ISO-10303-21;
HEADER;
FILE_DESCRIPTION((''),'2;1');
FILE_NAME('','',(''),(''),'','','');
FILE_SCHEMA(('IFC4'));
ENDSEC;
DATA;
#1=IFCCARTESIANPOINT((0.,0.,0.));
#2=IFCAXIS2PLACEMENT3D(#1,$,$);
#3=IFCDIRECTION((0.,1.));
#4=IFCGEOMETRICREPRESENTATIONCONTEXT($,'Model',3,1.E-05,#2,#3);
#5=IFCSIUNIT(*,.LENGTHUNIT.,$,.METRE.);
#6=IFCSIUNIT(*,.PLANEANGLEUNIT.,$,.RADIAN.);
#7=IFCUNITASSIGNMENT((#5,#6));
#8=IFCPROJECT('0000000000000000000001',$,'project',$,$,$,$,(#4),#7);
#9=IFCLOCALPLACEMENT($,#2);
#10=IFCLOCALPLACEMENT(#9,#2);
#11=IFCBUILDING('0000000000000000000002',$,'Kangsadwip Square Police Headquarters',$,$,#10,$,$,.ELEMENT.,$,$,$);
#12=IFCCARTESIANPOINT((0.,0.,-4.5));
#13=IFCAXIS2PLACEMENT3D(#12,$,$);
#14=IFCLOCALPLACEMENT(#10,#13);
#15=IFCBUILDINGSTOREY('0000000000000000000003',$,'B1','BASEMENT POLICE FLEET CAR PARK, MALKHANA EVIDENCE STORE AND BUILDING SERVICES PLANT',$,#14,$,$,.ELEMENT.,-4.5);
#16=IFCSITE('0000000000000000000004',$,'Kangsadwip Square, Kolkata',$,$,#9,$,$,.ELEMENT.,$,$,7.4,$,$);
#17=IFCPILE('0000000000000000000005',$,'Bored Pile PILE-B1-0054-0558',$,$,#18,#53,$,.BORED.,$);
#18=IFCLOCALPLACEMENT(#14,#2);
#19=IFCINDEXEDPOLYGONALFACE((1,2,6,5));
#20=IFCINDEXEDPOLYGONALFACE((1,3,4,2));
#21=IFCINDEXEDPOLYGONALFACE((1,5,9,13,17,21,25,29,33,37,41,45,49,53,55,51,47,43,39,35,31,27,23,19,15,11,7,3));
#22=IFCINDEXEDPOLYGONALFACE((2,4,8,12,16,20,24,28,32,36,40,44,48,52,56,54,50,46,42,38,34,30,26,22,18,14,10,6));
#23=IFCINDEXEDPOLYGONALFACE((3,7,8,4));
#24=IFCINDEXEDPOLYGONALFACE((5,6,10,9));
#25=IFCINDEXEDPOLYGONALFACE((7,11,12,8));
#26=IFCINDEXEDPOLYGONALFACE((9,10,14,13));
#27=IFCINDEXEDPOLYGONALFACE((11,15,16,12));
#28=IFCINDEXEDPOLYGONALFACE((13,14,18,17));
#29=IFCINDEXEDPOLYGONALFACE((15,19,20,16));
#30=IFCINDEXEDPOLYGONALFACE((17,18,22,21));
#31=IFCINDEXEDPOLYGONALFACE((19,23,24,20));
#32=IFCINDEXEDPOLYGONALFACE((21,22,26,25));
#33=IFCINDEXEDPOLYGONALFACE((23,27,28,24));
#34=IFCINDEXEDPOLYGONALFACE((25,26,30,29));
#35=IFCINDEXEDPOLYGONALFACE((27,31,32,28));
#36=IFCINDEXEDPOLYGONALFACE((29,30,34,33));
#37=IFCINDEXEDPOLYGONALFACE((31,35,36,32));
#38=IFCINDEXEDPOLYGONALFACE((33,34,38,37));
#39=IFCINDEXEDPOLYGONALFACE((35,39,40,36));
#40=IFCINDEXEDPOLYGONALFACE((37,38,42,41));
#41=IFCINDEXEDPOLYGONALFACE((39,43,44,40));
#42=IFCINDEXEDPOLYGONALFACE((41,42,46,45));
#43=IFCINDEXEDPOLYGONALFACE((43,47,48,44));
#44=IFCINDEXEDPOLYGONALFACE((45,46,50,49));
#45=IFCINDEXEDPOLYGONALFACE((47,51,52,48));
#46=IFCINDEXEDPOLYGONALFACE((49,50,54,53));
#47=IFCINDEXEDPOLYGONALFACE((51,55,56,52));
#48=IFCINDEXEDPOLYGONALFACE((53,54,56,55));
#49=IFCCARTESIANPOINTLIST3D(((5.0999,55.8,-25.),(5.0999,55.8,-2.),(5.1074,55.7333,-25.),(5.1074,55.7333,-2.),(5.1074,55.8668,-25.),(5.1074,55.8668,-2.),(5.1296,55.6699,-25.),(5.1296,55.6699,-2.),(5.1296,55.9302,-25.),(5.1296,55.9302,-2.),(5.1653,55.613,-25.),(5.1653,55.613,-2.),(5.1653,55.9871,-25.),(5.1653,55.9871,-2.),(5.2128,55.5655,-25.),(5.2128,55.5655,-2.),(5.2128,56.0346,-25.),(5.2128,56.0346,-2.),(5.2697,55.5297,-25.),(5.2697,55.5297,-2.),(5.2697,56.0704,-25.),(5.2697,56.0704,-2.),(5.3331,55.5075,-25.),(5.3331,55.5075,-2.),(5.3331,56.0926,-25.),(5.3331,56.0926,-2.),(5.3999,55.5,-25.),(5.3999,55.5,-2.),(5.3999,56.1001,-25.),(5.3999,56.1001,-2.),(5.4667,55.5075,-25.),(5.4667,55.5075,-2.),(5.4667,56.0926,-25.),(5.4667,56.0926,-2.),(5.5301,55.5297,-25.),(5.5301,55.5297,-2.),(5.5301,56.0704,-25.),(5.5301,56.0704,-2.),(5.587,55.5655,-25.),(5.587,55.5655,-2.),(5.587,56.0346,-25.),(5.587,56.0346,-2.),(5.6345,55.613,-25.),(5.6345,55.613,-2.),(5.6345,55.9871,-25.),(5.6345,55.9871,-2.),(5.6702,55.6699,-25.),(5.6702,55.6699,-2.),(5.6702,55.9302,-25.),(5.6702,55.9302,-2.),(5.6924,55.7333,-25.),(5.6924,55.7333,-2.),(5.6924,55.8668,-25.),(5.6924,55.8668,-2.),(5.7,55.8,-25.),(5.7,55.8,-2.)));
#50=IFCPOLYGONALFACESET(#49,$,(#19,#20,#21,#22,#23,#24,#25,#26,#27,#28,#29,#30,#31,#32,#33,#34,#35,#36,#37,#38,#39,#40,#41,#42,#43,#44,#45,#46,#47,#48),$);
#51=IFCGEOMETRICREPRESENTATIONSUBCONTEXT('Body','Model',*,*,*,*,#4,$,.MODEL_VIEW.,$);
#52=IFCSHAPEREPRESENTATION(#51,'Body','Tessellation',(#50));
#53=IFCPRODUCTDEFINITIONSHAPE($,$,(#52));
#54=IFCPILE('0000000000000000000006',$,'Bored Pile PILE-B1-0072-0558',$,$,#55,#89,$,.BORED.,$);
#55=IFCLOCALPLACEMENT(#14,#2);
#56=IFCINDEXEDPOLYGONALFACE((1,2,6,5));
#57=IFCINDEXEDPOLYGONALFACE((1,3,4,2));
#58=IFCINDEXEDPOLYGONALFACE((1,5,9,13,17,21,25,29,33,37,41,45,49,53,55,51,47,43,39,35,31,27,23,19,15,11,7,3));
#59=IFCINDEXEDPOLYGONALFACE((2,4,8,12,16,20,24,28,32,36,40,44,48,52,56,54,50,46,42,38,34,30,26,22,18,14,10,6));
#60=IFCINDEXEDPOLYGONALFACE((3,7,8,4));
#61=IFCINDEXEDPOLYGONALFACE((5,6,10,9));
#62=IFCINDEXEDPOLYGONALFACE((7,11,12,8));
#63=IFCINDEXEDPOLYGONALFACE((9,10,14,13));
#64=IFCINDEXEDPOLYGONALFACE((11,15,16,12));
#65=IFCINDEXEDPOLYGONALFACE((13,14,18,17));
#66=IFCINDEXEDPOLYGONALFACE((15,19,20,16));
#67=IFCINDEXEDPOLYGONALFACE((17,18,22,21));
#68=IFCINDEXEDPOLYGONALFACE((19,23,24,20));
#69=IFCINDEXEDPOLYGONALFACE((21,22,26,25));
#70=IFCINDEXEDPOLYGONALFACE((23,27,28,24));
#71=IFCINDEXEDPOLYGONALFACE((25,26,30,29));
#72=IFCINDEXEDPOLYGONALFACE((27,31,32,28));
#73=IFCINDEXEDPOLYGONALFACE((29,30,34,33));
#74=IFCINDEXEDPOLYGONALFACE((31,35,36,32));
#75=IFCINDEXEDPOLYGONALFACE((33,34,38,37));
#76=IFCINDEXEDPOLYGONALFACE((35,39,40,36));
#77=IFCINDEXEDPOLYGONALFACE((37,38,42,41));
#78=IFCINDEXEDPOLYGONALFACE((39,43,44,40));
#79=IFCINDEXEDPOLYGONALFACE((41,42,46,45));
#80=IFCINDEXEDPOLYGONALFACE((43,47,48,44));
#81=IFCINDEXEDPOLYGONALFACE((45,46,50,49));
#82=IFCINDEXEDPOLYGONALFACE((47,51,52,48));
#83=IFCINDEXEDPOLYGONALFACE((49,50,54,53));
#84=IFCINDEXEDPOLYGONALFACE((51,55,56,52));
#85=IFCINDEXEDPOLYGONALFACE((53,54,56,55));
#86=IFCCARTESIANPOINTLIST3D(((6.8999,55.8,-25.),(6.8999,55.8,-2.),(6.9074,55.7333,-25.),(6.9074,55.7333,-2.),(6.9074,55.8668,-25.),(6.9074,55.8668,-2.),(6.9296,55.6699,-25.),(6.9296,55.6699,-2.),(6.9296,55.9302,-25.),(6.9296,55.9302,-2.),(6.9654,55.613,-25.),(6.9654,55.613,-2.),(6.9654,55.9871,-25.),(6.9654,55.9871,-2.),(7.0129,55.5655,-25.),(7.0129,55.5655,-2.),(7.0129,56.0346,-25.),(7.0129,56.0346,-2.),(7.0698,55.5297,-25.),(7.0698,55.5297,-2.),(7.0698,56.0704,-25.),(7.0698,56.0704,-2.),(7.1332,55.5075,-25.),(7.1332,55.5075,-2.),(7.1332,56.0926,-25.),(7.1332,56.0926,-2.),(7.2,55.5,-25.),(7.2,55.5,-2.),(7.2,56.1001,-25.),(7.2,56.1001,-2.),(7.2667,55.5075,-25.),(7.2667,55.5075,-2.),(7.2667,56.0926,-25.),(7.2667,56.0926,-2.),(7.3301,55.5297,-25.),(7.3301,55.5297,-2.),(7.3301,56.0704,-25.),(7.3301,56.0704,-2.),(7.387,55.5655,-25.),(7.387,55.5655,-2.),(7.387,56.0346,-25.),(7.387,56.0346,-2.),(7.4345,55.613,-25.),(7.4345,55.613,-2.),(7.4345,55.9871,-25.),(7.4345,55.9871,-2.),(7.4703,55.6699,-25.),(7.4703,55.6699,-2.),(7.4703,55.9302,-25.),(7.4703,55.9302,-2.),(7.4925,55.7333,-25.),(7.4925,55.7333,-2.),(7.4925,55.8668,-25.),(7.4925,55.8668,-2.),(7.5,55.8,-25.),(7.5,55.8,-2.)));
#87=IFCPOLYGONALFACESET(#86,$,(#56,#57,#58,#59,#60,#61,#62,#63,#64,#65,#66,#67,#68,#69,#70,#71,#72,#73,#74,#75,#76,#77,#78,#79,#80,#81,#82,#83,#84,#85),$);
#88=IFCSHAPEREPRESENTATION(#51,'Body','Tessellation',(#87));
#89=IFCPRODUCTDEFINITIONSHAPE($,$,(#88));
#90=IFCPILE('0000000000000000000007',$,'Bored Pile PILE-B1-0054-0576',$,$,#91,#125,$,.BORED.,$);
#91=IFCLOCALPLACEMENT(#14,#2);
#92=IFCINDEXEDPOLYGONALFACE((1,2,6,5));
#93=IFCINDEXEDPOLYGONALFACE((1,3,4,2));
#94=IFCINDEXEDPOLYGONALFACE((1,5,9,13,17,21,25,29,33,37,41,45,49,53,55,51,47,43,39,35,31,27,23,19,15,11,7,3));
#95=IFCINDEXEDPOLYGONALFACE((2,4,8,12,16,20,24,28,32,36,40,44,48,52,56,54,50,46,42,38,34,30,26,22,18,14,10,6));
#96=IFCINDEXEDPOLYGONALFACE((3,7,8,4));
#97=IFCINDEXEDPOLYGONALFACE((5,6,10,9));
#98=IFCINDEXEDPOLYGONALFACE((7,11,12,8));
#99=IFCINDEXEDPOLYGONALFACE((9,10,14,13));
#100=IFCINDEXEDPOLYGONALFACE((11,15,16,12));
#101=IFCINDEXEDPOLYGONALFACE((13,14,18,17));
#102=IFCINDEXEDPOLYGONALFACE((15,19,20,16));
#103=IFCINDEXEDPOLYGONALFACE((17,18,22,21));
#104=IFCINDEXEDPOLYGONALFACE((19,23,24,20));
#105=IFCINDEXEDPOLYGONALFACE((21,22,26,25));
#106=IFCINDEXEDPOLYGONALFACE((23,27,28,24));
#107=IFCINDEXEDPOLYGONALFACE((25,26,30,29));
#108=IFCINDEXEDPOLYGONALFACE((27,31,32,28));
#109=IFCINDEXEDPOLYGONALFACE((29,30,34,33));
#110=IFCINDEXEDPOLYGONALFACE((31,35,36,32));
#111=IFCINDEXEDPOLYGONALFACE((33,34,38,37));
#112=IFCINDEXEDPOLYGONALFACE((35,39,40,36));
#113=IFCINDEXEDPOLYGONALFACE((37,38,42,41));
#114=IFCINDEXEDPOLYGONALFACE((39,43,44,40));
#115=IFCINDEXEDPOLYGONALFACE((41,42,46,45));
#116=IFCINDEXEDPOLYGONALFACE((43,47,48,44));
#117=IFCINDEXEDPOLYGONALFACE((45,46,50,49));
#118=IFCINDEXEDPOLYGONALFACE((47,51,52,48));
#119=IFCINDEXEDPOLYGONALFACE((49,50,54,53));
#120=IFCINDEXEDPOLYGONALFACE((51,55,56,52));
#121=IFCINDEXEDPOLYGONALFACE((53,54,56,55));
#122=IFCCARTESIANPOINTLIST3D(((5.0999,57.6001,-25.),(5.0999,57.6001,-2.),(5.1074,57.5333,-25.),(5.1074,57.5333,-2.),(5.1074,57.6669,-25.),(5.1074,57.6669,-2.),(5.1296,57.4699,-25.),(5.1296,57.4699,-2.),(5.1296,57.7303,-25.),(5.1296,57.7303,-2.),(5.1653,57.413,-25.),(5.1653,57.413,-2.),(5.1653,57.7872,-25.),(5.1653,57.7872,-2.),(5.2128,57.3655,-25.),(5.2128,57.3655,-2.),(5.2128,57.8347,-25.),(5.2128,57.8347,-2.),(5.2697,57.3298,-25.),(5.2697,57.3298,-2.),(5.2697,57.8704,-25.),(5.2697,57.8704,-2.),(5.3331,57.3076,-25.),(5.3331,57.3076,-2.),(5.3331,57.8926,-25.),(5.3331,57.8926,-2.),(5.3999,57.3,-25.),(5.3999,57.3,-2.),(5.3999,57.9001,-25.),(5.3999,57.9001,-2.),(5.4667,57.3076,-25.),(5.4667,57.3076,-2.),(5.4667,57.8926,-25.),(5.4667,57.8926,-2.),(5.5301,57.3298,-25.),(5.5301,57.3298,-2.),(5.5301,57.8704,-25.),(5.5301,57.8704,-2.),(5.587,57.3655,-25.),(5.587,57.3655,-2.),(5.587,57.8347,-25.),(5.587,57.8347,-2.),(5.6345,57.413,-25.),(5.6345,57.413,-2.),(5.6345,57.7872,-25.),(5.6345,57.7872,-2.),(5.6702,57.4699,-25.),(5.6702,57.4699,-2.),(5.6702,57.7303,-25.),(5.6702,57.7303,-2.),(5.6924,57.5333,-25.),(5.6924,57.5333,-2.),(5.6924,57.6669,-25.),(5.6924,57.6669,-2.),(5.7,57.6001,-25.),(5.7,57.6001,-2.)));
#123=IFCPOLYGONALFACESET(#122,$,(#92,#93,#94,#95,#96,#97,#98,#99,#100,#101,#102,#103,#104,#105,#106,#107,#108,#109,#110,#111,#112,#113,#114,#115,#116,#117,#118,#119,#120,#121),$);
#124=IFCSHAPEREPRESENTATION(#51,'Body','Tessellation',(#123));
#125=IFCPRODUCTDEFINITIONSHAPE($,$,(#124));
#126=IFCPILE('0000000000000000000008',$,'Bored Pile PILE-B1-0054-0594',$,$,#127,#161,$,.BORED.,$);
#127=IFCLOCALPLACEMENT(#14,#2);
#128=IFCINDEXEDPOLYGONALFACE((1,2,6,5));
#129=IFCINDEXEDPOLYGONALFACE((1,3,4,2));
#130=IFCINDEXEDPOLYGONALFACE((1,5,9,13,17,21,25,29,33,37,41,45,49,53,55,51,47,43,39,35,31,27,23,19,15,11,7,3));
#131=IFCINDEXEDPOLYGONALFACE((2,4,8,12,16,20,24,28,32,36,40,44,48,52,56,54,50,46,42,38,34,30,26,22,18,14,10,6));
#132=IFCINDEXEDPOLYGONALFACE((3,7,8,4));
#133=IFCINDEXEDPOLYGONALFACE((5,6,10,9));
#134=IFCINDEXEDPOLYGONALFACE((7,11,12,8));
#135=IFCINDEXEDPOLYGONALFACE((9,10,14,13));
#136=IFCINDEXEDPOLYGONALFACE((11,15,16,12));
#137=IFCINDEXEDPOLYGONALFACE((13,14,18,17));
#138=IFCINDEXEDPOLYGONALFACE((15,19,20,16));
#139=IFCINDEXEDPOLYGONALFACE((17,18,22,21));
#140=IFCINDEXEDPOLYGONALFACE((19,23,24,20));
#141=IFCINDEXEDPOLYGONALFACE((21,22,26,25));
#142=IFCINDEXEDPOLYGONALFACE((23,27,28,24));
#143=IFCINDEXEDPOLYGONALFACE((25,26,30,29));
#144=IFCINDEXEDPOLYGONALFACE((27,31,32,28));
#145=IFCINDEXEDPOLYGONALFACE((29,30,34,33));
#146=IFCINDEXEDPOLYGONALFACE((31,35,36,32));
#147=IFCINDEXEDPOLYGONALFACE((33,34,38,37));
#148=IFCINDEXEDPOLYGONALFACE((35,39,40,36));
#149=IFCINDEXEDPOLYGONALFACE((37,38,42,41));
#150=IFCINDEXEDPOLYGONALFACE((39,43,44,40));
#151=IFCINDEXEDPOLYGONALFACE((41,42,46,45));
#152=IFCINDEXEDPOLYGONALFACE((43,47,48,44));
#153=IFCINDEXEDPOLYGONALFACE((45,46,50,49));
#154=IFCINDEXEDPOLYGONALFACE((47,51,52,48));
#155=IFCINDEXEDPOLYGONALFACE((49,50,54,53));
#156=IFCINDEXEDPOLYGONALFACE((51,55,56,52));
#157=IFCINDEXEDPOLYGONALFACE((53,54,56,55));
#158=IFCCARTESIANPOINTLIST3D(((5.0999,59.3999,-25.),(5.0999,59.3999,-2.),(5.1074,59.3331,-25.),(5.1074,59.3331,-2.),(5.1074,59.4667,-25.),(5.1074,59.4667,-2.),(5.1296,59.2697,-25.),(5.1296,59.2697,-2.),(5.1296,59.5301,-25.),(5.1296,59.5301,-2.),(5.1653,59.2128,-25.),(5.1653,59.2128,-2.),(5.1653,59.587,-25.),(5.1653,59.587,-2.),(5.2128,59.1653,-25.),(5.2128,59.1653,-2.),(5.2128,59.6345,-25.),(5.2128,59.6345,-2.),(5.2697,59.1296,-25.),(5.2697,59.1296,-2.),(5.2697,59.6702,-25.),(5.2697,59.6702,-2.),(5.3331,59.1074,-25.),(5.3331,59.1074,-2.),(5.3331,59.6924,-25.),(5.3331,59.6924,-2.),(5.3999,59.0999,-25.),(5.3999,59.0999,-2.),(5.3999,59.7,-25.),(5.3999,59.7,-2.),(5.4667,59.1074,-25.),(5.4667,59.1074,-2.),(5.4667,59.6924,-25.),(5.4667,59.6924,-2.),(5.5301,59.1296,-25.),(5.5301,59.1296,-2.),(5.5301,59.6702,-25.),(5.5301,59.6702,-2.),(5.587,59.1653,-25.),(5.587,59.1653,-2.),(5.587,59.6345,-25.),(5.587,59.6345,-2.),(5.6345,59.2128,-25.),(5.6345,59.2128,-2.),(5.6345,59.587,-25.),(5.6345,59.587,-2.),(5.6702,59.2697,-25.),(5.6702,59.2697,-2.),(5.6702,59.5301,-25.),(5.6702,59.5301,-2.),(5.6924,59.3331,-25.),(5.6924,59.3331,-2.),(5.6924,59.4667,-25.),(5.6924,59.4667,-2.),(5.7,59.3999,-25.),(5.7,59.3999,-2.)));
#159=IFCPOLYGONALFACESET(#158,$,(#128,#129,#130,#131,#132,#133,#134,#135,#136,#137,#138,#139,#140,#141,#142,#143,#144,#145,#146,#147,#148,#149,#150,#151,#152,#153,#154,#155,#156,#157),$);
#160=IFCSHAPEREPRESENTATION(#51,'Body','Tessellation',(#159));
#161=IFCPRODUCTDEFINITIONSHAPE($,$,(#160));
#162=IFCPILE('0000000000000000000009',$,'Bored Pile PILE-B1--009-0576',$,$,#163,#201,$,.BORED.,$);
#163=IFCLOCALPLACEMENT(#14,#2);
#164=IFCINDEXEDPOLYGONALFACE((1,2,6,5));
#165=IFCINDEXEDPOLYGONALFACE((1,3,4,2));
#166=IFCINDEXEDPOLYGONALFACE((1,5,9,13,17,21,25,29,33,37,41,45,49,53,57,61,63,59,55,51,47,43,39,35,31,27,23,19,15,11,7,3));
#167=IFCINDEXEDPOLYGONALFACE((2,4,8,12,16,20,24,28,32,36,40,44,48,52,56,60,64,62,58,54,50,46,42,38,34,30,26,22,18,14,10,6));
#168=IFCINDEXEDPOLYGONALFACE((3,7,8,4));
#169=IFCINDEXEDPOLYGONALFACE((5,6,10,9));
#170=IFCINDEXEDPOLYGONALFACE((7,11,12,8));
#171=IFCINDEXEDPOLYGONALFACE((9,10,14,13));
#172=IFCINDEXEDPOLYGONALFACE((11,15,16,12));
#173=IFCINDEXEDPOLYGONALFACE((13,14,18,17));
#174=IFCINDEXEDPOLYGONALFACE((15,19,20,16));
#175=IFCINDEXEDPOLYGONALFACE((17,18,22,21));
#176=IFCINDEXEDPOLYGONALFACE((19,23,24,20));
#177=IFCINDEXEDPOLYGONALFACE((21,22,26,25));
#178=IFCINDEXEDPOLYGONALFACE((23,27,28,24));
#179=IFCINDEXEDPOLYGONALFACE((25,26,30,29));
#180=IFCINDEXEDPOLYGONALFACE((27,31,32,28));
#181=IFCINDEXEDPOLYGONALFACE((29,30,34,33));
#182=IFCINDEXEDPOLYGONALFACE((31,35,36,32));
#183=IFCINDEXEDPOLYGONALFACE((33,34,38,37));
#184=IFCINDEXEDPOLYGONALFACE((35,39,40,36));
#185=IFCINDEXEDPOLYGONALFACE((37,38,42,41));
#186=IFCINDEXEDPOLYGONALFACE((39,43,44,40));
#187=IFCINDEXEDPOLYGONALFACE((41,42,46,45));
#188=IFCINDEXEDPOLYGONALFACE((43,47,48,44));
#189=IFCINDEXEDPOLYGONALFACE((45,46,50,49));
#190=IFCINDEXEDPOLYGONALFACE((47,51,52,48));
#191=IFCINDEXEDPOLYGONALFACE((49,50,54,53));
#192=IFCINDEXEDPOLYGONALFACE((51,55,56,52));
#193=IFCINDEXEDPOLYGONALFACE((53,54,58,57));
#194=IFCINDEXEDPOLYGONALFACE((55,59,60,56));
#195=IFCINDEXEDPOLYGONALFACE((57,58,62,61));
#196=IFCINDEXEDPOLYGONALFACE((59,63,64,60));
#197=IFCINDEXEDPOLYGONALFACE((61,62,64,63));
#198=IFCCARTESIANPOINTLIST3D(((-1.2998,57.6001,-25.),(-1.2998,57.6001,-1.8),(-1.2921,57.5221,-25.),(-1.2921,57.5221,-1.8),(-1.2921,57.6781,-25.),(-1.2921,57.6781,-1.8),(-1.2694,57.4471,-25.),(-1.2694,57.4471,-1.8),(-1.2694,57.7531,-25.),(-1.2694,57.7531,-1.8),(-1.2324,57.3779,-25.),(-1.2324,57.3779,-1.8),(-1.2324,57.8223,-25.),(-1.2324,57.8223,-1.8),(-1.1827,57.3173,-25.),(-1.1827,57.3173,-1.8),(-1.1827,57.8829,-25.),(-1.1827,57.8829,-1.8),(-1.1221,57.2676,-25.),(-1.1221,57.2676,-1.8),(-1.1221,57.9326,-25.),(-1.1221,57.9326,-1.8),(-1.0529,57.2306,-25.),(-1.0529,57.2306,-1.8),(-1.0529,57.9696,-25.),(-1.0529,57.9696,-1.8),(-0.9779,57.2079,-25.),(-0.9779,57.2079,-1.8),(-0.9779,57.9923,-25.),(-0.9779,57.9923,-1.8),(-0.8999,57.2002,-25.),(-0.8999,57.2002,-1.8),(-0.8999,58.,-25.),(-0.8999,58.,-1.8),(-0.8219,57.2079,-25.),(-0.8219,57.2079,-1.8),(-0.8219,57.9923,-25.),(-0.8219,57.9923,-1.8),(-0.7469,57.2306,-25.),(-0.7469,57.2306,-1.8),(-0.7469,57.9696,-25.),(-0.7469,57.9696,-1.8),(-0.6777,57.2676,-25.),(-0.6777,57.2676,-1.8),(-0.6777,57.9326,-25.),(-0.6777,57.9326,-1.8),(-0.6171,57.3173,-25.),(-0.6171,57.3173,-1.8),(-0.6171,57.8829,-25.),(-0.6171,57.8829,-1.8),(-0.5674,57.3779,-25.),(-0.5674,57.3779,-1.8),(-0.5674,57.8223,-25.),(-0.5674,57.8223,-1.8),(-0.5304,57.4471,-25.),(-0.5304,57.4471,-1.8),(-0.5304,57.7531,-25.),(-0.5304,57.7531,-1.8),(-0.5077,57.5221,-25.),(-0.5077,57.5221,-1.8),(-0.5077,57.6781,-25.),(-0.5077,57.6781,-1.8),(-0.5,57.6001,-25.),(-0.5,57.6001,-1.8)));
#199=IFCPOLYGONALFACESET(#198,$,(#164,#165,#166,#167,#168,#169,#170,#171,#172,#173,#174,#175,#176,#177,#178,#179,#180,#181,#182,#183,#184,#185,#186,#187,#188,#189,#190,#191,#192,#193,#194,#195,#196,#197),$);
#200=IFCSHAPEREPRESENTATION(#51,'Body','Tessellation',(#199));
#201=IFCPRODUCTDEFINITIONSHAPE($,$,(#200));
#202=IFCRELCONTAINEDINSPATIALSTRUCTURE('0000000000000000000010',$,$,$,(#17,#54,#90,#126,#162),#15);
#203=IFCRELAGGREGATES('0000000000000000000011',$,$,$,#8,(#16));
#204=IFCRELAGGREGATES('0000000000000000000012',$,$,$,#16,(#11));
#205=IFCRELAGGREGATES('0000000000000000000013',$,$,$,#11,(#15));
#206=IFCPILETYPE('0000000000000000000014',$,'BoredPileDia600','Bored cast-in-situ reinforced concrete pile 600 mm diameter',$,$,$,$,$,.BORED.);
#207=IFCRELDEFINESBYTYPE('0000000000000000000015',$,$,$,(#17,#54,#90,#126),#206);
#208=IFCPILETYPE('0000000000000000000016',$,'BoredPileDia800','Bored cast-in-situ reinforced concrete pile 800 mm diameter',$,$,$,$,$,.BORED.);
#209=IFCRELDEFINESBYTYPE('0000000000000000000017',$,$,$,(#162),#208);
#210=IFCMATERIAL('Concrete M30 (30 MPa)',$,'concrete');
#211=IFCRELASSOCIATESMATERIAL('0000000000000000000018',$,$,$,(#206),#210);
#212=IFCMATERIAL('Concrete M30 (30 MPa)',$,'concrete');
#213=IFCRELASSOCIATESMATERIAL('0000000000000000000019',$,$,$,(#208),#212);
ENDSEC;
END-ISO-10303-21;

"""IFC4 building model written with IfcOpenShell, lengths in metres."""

from ifc_helpers import new_model, si_unit, direction, frame, origin, origin_2d, place, context, subcontext, project, spatial, circle, extrude, material, material_profile, profile_set, type_object, element, save


model = new_model("IFC4")

# Units and contexts
model_context = context("Model", 3, precision=1e-05, world=origin(), true_north=direction((0.0, 1.0)))
body_context = subcontext(model_context, "Body", "Model", "MODEL_VIEW")
ifc_project = project(units=[si_unit("LENGTHUNIT", "METRE"), si_unit("PLANEANGLEUNIT", "RADIAN")], contexts=[model_context])

# Site, building, storey
site_placement = place(None, origin())
site = spatial("IfcSite", under=ifc_project, at=site_placement, Name="Kangsadwip Square, Kolkata", CompositionType="ELEMENT", RefElevation=7.4)
building_placement = place(site_placement, origin())
building = spatial("IfcBuilding", under=site, at=building_placement, Name="Kangsadwip Square Police Headquarters", CompositionType="ELEMENT")
storey_placement = place(building_placement, frame((0.0, 0.0, -4.5)))
storey = spatial("IfcBuildingStorey", under=building, at=storey_placement, Name="B1", Description="BASEMENT POLICE FLEET CAR PARK, MALKHANA EVIDENCE STORE AND BUILDING SERVICES PLANT", CompositionType="ELEMENT", Elevation=-4.5)

# Piles
ifc_material_1 = material(Name="Concrete M30 (30 MPa)", Category="concrete")
ifc_material_profile_1 = material_profile(ifc_material_1, circle(Radius=0.3, at=origin_2d()), Name="PILE DIA 600")
ifc_profile_set_1 = profile_set([ifc_material_profile_1], Name="Concrete M30 (30 MPa)")
pile_type_1 = type_object("IfcPileType", Name="BoredPileDia600", Description="Bored cast-in-situ reinforced concrete pile 600 mm diameter", PredefinedType="BORED", material=ifc_profile_set_1)
for number, where, z_axis, x_axis, name in (
    (1, (5.3999, 55.8, -2.0), (0.0, 0.0, -1.0), (1.0, 0.0, 0.0), "Bored Pile PILE-B1-0054-0558"),
    (2, (7.2, 55.8, -2.0), (0.0, 0.0, -1.0), (1.0, 0.0, 0.0), "Bored Pile PILE-B1-0072-0558"),
    (3, (5.3999, 57.6001, -2.0), (0.0, 0.0, -1.0), (1.0, 0.0, 0.0), "Bored Pile PILE-B1-0054-0576"),
    (4, (5.3999, 59.3999, -2.0), (0.0, 0.0, -1.0), (1.0, 0.0, 0.0), "Bored Pile PILE-B1-0054-0594"),
):
    element("IfcPile", number, at=place(storey_placement, frame(where, z_axis=z_axis, x_axis=x_axis)), inside=storey, type_object=pile_type_1, Name=name, PredefinedType="BORED", context=body_context, shape_type="SweptSolid", body=[
        extrude(circle(Radius=0.3, at=origin_2d()), origin(), (0.0, 0.0, 1.0), 23.0),
    ])
ifc_material_2 = material(Name="Concrete M30 (30 MPa)", Category="concrete")
ifc_material_profile_2 = material_profile(ifc_material_2, circle(Radius=0.3999, at=origin_2d()), Name="PILE DIA 800")
ifc_profile_set_2 = profile_set([ifc_material_profile_2], Name="Concrete M30 (30 MPa)")
pile_type_2 = type_object("IfcPileType", Name="BoredPileDia800", Description="Bored cast-in-situ reinforced concrete pile 800 mm diameter", PredefinedType="BORED", material=ifc_profile_set_2)
for number, where, z_axis, x_axis, name in (
    (5, (-0.8999, 57.6001, -1.8), (0.0, 0.0, -1.0), (1.0, 0.0, 0.0), "Bored Pile PILE-B1--009-0576"),
):
    element("IfcPile", number, at=place(storey_placement, frame(where, z_axis=z_axis, x_axis=x_axis)), inside=storey, type_object=pile_type_2, Name=name, PredefinedType="BORED", context=body_context, shape_type="SweptSolid", body=[
        extrude(circle(Radius=0.3999, at=origin_2d()), origin(), (0.0, 0.0, 1.0), 23.2),
    ])

save(model, "model.ifc")
